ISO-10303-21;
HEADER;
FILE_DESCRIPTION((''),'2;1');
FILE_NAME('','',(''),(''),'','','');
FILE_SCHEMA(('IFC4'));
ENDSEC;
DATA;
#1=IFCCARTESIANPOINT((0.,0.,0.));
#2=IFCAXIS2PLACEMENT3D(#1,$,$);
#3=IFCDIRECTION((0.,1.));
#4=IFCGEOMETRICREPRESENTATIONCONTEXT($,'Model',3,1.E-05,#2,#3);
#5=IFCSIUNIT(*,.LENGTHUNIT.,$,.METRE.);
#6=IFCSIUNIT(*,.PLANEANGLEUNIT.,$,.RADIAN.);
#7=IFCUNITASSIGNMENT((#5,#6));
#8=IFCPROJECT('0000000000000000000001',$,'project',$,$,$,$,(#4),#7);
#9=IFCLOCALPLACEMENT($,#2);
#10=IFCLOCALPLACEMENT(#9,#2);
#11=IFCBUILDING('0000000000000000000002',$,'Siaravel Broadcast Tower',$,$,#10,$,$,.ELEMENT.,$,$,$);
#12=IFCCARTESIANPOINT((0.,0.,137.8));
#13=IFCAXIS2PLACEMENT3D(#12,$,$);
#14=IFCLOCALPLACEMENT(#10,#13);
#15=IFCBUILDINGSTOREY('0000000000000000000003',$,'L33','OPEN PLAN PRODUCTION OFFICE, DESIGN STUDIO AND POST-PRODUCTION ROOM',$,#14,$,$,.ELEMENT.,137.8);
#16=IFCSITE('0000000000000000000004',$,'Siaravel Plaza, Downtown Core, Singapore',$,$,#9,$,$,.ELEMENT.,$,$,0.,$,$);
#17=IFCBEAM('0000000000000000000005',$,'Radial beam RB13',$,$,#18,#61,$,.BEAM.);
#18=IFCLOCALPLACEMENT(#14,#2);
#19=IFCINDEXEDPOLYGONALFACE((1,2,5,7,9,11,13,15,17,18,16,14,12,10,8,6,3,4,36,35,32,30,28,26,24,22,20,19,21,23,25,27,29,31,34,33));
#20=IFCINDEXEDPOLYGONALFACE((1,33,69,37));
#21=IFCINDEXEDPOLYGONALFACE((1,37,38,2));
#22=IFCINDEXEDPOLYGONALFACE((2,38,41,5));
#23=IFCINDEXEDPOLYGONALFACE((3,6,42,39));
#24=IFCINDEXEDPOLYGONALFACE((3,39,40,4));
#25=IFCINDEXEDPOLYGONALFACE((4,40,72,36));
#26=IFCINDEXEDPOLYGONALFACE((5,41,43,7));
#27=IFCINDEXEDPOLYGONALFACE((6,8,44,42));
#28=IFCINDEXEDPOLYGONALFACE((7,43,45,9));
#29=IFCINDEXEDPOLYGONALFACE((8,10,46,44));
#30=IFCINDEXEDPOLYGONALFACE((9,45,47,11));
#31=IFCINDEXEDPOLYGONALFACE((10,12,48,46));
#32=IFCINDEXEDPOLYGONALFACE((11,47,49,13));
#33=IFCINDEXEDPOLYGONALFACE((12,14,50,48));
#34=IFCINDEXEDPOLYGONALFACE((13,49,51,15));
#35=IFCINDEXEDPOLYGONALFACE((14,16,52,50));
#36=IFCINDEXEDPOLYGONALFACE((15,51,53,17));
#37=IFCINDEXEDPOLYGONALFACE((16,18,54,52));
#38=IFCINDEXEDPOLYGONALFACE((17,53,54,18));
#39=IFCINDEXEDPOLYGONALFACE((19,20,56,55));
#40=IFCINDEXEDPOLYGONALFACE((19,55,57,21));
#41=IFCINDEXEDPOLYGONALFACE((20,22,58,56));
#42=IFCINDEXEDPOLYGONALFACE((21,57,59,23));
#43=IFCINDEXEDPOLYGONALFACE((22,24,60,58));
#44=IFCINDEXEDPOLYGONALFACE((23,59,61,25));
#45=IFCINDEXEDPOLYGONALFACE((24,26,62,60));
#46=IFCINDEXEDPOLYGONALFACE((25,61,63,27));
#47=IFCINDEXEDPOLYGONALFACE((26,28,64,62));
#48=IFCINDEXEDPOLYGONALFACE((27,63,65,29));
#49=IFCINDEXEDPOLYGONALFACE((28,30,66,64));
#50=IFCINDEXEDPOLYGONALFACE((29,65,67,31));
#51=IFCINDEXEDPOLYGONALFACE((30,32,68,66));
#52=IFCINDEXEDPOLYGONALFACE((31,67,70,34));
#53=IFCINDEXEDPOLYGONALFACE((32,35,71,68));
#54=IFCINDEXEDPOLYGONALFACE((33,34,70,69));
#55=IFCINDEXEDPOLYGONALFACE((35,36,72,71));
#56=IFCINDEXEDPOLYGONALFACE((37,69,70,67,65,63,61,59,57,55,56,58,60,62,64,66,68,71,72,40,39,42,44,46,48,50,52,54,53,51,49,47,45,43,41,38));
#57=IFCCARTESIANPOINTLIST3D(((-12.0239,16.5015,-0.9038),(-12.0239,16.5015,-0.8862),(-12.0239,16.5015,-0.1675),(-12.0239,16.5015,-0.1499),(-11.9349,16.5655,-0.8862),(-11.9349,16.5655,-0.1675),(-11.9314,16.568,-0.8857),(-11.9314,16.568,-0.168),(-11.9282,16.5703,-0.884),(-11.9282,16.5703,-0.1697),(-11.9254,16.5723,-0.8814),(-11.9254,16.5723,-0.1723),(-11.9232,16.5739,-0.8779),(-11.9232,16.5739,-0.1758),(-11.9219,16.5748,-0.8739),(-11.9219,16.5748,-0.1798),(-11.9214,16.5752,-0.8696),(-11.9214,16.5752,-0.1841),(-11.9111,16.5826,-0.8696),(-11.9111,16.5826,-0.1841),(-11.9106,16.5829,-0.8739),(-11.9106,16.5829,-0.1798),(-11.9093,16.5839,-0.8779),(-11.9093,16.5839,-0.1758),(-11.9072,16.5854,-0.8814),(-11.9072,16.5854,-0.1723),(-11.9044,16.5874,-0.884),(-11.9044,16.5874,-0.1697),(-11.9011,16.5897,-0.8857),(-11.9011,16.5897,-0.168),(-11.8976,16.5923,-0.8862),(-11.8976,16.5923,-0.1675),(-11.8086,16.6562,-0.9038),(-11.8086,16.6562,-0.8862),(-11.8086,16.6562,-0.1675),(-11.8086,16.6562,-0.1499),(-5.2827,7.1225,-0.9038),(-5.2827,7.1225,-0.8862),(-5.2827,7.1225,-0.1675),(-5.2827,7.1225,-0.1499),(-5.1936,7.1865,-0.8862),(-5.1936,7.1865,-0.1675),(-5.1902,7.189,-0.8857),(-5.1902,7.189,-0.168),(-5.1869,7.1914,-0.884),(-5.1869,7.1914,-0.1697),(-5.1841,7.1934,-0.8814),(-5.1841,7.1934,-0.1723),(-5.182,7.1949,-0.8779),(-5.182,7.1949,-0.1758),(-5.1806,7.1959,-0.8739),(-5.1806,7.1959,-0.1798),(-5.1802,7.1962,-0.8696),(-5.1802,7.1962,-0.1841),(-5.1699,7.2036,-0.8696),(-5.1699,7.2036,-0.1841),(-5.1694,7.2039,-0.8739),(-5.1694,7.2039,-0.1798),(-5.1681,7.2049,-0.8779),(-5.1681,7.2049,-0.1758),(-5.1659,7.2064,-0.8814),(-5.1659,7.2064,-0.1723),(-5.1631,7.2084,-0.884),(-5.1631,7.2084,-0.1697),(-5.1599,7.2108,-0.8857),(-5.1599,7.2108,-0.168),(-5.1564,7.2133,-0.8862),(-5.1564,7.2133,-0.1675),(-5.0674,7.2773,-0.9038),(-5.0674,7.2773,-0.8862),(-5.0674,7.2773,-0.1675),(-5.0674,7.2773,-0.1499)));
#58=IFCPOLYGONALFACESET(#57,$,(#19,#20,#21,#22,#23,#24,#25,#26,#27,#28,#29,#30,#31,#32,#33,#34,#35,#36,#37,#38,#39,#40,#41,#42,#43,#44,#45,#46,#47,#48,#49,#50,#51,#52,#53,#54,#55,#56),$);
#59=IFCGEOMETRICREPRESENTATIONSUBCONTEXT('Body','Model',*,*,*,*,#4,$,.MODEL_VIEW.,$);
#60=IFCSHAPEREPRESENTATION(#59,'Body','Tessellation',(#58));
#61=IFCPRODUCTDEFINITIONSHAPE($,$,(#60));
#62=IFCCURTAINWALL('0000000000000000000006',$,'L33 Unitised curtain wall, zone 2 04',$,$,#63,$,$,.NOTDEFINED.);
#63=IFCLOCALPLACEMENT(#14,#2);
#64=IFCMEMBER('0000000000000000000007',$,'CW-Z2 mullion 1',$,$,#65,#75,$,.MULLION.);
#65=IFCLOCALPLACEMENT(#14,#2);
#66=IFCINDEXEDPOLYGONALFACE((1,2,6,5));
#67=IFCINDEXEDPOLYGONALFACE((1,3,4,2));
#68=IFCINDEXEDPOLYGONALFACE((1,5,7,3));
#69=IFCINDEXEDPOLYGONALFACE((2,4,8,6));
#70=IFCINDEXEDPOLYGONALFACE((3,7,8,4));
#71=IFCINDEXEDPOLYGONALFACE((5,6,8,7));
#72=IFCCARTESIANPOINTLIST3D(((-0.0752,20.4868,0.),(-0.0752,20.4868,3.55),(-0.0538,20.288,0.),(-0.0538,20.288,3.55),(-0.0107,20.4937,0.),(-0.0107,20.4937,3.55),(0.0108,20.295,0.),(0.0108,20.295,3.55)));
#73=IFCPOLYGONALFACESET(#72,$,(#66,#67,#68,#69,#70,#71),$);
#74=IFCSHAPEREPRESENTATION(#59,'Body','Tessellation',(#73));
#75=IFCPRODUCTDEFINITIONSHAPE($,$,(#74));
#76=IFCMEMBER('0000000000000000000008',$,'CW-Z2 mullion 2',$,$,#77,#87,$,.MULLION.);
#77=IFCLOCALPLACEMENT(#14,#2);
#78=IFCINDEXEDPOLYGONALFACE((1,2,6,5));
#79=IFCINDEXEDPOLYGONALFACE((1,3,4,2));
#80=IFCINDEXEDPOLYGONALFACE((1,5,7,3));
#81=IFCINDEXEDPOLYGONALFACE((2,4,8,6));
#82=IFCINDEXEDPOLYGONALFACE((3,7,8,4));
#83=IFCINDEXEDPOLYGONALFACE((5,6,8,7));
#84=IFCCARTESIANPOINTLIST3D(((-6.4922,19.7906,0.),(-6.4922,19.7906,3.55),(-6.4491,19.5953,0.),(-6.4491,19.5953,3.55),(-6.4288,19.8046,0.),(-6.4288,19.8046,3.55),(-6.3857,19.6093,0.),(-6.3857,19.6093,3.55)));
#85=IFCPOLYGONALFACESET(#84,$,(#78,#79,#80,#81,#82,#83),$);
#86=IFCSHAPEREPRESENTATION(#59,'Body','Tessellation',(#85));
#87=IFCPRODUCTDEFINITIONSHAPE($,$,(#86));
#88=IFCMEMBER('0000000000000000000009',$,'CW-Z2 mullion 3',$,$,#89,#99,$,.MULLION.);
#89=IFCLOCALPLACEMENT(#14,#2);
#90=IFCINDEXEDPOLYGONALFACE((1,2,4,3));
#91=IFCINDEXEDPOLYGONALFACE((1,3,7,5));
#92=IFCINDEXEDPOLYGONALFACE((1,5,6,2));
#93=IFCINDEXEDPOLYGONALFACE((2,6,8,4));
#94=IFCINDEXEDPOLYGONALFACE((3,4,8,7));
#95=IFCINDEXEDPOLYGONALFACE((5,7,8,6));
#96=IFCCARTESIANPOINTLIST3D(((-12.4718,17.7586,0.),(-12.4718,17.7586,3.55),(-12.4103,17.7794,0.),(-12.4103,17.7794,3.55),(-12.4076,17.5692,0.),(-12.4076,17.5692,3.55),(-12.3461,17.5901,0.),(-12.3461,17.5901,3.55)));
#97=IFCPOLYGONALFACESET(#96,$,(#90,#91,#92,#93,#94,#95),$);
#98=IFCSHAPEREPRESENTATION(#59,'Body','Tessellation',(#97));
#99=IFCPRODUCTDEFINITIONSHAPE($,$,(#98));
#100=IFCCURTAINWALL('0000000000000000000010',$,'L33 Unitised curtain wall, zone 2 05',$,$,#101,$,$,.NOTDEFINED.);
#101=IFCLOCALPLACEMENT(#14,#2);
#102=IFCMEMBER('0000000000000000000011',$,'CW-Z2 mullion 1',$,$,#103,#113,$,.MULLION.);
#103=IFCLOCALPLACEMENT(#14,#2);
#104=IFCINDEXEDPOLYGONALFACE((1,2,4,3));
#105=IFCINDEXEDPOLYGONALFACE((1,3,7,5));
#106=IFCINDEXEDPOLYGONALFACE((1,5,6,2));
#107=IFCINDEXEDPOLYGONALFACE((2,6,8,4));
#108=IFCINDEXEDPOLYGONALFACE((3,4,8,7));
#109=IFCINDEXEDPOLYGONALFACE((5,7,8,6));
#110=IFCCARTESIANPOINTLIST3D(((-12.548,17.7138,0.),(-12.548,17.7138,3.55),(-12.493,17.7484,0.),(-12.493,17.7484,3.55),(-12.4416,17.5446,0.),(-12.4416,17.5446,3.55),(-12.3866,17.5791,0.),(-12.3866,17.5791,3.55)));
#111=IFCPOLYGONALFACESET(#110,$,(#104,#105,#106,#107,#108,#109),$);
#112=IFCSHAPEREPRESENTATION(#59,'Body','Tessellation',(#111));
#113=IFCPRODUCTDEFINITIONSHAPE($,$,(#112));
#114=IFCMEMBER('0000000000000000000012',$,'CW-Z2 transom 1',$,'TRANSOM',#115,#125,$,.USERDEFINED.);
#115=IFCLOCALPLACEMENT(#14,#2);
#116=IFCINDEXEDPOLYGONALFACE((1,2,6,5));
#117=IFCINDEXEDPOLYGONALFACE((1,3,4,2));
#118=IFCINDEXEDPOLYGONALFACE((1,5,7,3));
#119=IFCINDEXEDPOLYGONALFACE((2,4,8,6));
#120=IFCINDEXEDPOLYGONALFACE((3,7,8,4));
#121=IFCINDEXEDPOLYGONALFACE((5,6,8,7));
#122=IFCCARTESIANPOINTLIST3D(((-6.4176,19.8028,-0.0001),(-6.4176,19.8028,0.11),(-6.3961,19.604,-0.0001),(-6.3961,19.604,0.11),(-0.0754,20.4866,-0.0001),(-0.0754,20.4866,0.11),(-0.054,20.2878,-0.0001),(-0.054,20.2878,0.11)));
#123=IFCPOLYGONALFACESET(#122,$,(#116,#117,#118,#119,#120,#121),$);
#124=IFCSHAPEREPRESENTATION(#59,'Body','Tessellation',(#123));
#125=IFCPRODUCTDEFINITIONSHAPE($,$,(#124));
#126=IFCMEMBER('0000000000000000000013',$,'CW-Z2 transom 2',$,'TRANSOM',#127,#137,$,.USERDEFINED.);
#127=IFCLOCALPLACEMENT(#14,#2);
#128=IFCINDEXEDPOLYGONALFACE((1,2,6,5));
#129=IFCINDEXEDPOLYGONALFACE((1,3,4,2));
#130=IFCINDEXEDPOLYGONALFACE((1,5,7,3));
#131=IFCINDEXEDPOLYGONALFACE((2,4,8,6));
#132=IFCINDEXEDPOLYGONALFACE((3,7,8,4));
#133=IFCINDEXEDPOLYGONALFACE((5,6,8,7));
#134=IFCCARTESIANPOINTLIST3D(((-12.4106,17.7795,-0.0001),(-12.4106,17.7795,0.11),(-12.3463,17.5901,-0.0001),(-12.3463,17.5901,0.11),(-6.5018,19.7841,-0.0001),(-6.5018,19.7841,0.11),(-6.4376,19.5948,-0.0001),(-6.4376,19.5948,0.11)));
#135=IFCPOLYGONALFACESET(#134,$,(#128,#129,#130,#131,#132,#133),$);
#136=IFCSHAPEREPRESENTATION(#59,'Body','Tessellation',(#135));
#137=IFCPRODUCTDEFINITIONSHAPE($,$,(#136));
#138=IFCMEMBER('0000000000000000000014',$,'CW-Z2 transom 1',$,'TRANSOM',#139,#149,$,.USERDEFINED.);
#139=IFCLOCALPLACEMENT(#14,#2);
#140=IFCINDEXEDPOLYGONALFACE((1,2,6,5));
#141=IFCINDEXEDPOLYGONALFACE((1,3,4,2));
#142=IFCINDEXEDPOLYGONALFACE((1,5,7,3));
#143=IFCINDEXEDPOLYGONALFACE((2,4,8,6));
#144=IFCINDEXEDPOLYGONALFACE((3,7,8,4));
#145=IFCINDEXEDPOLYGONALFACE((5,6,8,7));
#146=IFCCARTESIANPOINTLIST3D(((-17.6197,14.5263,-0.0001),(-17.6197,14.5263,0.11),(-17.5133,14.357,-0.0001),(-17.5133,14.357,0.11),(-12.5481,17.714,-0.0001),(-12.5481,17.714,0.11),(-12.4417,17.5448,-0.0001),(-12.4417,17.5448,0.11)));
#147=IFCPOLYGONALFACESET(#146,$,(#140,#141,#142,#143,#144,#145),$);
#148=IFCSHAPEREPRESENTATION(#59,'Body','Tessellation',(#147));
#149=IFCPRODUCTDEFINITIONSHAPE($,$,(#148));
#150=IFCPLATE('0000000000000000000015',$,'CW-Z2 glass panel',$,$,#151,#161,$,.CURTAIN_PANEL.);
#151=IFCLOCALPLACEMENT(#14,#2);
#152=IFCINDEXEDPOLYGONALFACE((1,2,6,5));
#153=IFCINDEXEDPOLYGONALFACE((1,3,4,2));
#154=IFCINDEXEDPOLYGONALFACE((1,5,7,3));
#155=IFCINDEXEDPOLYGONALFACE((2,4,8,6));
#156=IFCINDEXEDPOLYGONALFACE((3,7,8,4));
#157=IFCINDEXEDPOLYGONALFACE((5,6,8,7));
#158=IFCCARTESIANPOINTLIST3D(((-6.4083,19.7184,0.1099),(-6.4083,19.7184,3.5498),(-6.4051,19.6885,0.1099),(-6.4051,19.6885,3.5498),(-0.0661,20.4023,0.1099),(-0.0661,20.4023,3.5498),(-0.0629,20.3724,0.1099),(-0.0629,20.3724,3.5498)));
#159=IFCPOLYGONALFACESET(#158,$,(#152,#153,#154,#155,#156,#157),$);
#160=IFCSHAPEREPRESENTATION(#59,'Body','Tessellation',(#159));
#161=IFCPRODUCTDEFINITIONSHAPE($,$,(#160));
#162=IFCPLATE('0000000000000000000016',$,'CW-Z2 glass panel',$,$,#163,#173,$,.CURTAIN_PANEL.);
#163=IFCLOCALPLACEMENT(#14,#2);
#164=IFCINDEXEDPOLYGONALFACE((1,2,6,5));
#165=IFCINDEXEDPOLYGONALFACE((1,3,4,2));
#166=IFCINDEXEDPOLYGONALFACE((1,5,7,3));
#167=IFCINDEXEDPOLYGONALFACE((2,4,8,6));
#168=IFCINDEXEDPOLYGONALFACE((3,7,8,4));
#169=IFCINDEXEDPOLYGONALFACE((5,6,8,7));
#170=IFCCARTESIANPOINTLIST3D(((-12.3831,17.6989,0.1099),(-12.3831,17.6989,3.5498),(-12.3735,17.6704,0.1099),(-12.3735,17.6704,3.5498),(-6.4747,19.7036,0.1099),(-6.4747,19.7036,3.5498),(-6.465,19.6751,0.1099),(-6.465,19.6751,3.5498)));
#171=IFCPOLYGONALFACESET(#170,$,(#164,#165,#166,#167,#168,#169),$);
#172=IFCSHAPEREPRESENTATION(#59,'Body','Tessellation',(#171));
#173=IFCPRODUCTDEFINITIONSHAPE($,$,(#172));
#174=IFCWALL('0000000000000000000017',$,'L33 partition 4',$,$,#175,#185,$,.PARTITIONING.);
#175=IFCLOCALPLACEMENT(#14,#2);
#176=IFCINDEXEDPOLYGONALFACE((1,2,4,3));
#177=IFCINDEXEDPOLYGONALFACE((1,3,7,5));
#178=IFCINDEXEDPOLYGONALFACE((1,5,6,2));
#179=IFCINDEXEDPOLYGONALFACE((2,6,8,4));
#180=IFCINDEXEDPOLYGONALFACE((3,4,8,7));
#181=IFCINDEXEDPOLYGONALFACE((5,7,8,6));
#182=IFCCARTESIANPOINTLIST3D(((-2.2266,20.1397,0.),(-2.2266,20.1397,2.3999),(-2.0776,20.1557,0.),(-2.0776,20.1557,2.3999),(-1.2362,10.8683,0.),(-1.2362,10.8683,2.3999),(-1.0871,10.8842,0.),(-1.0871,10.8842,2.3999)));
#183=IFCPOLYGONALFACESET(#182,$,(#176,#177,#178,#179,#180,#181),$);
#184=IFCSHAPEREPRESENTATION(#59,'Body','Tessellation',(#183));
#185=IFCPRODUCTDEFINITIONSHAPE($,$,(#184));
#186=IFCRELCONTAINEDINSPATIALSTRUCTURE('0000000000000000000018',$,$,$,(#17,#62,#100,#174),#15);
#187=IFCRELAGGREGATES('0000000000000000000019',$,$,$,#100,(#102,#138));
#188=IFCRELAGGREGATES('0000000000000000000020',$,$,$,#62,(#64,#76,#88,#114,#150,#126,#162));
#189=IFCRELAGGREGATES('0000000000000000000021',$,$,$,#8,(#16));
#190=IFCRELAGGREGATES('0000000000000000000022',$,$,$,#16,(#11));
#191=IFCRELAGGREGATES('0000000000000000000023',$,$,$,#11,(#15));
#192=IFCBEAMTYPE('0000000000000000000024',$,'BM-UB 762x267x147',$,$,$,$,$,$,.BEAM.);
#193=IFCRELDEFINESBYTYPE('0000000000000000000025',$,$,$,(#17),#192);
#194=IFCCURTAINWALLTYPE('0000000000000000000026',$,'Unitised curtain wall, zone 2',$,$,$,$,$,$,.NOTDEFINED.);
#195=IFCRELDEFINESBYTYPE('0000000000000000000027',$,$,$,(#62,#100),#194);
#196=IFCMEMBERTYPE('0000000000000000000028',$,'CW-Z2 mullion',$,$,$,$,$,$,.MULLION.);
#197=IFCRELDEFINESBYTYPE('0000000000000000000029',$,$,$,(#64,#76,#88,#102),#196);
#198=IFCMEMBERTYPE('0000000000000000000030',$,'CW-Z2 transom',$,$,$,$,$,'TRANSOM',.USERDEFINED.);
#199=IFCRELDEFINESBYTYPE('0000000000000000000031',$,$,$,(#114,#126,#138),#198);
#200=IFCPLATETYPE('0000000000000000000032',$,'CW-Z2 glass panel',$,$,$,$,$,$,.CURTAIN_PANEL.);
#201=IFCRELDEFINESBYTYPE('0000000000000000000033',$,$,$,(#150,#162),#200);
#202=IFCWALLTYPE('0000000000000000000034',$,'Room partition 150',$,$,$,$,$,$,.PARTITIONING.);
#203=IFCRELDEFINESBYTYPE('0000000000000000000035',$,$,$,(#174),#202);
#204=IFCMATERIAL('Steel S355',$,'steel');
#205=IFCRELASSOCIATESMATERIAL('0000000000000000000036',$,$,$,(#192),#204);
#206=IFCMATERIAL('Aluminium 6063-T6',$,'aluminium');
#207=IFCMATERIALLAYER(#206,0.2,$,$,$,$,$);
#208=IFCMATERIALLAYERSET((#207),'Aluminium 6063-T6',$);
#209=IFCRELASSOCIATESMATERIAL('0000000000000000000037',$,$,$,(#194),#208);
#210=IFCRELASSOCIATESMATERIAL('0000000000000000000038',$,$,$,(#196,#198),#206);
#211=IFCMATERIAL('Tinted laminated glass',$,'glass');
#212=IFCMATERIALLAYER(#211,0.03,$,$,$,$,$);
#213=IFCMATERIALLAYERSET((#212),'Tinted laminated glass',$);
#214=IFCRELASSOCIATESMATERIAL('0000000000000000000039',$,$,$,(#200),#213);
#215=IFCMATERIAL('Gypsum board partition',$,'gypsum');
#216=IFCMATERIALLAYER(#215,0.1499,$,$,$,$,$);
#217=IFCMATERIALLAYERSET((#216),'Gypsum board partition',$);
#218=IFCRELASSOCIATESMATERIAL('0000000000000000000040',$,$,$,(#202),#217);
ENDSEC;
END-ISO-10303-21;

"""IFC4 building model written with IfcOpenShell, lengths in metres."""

from ifc_helpers import new_model, si_unit, direction, frame, frame_2d, origin, origin_2d, place, context, subcontext, project, spatial, rectangle, i_section, extrude, material, layer, layer_set, material_profile, profile_set, type_object, element, aggregate, save


model = new_model("IFC4")

# Units and contexts
model_context = context("Model", 3, precision=1e-05, world=origin(), true_north=direction((0.0, 1.0)))
body_context = subcontext(model_context, "Body", "Model", "MODEL_VIEW")
ifc_project = project(units=[si_unit("LENGTHUNIT", "METRE"), si_unit("PLANEANGLEUNIT", "RADIAN")], contexts=[model_context])

# Site, building, storey
site_placement = place(None, origin())
site = spatial("IfcSite", under=ifc_project, at=site_placement, Name="Siaravel Plaza, Downtown Core, Singapore", CompositionType="ELEMENT", RefElevation=0.0)
building_placement = place(site_placement, origin())
building = spatial("IfcBuilding", under=site, at=building_placement, Name="Siaravel Broadcast Tower", CompositionType="ELEMENT")
storey_placement = place(building_placement, frame((0.0, 0.0, 137.8)))
storey = spatial("IfcBuildingStorey", under=building, at=storey_placement, Name="L33", Description="OPEN PLAN PRODUCTION OFFICE, DESIGN STUDIO AND POST-PRODUCTION ROOM", CompositionType="ELEMENT", Elevation=137.8)

# Beam
ifc_material_1 = material(Name="Steel S355", Category="steel")
ifc_material_profile_1 = material_profile(ifc_material_1, i_section(OverallWidth=0.2651, OverallDepth=0.7539, WebThickness=0.0127, FlangeThickness=0.0176, FilletRadius=0.0166, at=origin_2d()))
ifc_profile_set_1 = profile_set([ifc_material_profile_1], Name="Steel S355")
beam_type = type_object("IfcBeamType", Name="BM-UB 762x267x147", PredefinedType="BEAM", material=ifc_profile_set_1)
beam_1_placement = place(storey_placement, frame((-11.9163, 16.5789, -0.5269), z_axis=(0.583643, -0.81201, 0.0), x_axis=(0.81201, 0.583643, 0.0)))
element("IfcBeam", 1, at=beam_1_placement, inside=storey, type_object=beam_type, Name="Radial beam RB13", PredefinedType="BEAM", context=body_context, shape_type="SweptSolid", body=[
    extrude(i_section(OverallWidth=0.2651, OverallDepth=0.7539, WebThickness=0.0127, FlangeThickness=0.0176, FilletRadius=0.0166, at=origin_2d()), origin(), (0.0, 0.0, 1.0), 11.5503),
])

# Curtain wall, members
ifc_material_2 = material(Name="Aluminium 6063-T6", Category="aluminium")
ifc_layer_1 = layer(ifc_material_2, 0.2)
ifc_layer_set_1 = layer_set([ifc_layer_1], Name="Aluminium 6063-T6")
curtain_wall_type = type_object("IfcCurtainWallType", Name="Unitised curtain wall, zone 2", PredefinedType="NOTDEFINED", material=ifc_layer_set_1)
curtain_wall_1_placement = place(storey_placement, origin())
curtain_wall_1 = element("IfcCurtainWall", 2, at=curtain_wall_1_placement, inside=storey, type_object=curtain_wall_type, Name="L33 Unitised curtain wall, zone 2 04", PredefinedType="NOTDEFINED")
ifc_material_profile_2 = material_profile(ifc_material_2, rectangle(XDim=0.2, YDim=0.0649, at=origin_2d()))
ifc_profile_set_2 = profile_set([ifc_material_profile_2], Name="Aluminium 6063-T6")
member_type_1 = type_object("IfcMemberType", Name="CW-Z2 mullion", PredefinedType="MULLION", material=ifc_profile_set_2)
member_1_placement = place(storey_placement, frame((-0.0322, 20.3909, 0.0), z_axis=(0.0, 0.0, 1.0), x_axis=(0.107218, -0.994236, 0.0)))
member_1 = element("IfcMember", 3, at=member_1_placement, type_object=member_type_1, Name="CW-Z2 mullion 1", PredefinedType="MULLION", context=body_context, shape_type="SweptSolid", body=[
    extrude(rectangle(XDim=0.2, YDim=0.0649, at=origin_2d()), origin(), (0.0, 0.0, 1.0), 3.55),
])
member_2_placement = place(storey_placement, frame((-6.439, 19.7, 0.0), z_axis=(0.0, 0.0, 1.0), x_axis=(0.215559, -0.976491, 0.0)))
member_2 = element("IfcMember", 4, at=member_2_placement, type_object=member_type_1, Name="CW-Z2 mullion 2", PredefinedType="MULLION", context=body_context, shape_type="SweptSolid", body=[
    extrude(rectangle(XDim=0.2, YDim=0.0649, at=origin_2d()), origin(), (0.0, 0.0, 1.0), 3.55),
])
member_3_placement = place(storey_placement, frame((-12.4089, 17.6743, 0.0), z_axis=(0.0, 0.0, 1.0), x_axis=(0.321302, -0.946977, 0.0)))
member_3 = element("IfcMember", 5, at=member_3_placement, type_object=member_type_1, Name="CW-Z2 mullion 3", PredefinedType="MULLION", context=body_context, shape_type="SweptSolid", body=[
    extrude(rectangle(XDim=0.2, YDim=0.0649, at=origin_2d()), origin(), (0.0, 0.0, 1.0), 3.55),
])

# Curtain wall, member
curtain_wall_2_placement = place(storey_placement, origin())
curtain_wall_2 = element("IfcCurtainWall", 6, at=curtain_wall_2_placement, inside=storey, type_object=curtain_wall_type, Name="L33 Unitised curtain wall, zone 2 05", PredefinedType="NOTDEFINED")
member_4_placement = place(storey_placement, frame((-12.4673, 17.6465, 0.0), z_axis=(0.0, 0.0, 1.0), x_axis=(0.532151, -0.846649, 0.0)))
member_4 = element("IfcMember", 7, at=member_4_placement, type_object=member_type_1, Name="CW-Z2 mullion 1", PredefinedType="MULLION", context=body_context, shape_type="SweptSolid", body=[
    extrude(rectangle(XDim=0.2, YDim=0.0649, at=origin_2d()), origin(), (0.0, 0.0, 1.0), 3.55),
])

# Members
ifc_material_profile_3 = material_profile(ifc_material_2, rectangle(XDim=0.2, YDim=0.1101, at=origin_2d()))
ifc_profile_set_3 = profile_set([ifc_material_profile_3], Name="Aluminium 6063-T6")
member_type_2 = type_object("IfcMemberType", Name="CW-Z2 transom", ElementType="TRANSOM", PredefinedType="USERDEFINED", material=ifc_profile_set_3)
member_5_placement = place(storey_placement, frame((-0.0647, 20.3872, 0.0549), z_axis=(-0.994237, -0.107205, 0.0), x_axis=(0.107205, -0.994237, 0.0)))
member_5 = element("IfcMember", 8, at=member_5_placement, type_object=member_type_2, Name="CW-Z2 transom 1", ObjectType="TRANSOM", PredefinedType="USERDEFINED", context=body_context, shape_type="SweptSolid", body=[
    extrude(rectangle(XDim=0.2, YDim=0.1101, at=origin_2d()), origin(), (0.0, 0.0, 1.0), 6.3789),
])
member_6_placement = place(storey_placement, frame((-6.4697, 19.6895, 0.0549), z_axis=(-0.946983, -0.321283, 0.0), x_axis=(0.321283, -0.946983, 0.0)))
member_6 = element("IfcMember", 9, at=member_6_placement, type_object=member_type_2, Name="CW-Z2 transom 2", ObjectType="TRANSOM", PredefinedType="USERDEFINED", context=body_context, shape_type="SweptSolid", body=[
    extrude(rectangle(XDim=0.2, YDim=0.1101, at=origin_2d()), origin(), (0.0, 0.0, 1.0), 6.2395),
])
member_7_placement = place(storey_placement, frame((-12.4949, 17.6294, 0.0549), z_axis=(-0.846642, -0.532162, 0.0), x_axis=(0.532162, -0.846642, 0.0)))
member_7 = element("IfcMember", 10, at=member_7_placement, type_object=member_type_2, Name="CW-Z2 transom 1", ObjectType="TRANSOM", PredefinedType="USERDEFINED", context=body_context, shape_type="SweptSolid", body=[
    extrude(rectangle(XDim=0.2, YDim=0.1101, at=origin_2d()), origin(), (0.0, 0.0, 1.0), 5.9902),
])
aggregate(curtain_wall_2, [member_4, member_7])

# Plates
ifc_material_3 = material(Name="Tinted laminated glass", Category="glass")
ifc_layer_2 = layer(ifc_material_3, 0.03)
ifc_layer_set_2 = layer_set([ifc_layer_2], Name="Tinted laminated glass")
plate_type = type_object("IfcPlateType", Name="CW-Z2 glass panel", PredefinedType="CURTAIN_PANEL", material=ifc_layer_set_2)
plate_1_placement = place(storey_placement, frame((-3.2356, 20.0454, 0.1099), z_axis=(0.0, 0.0, 1.0), x_axis=(-0.994236, -0.107218, 0.0)))
plate_1 = element("IfcPlate", 11, at=plate_1_placement, type_object=plate_type, Name="CW-Z2 glass panel", PredefinedType="CURTAIN_PANEL", context=body_context, shape_type="SweptSolid", body=[
    extrude(rectangle(XDim=6.3789, YDim=0.03, at=origin_2d()), origin(), (0.0, 0.0, 1.0), 3.4399),
])
plate_2_placement = place(storey_placement, frame((-9.4241, 18.687, 0.1099), z_axis=(0.0, 0.0, 1.0), x_axis=(-0.946977, -0.321302, 0.0)))
plate_2 = element("IfcPlate", 12, at=plate_2_placement, type_object=plate_type, Name="CW-Z2 glass panel", PredefinedType="CURTAIN_PANEL", context=body_context, shape_type="SweptSolid", body=[
    extrude(rectangle(XDim=6.2393, YDim=0.03, at=origin_2d()), origin(), (0.0, 0.0, 1.0), 3.4399),
])
aggregate(curtain_wall_1, [member_1, member_2, member_3, member_5, plate_1, member_6, plate_2])

# Wall
ifc_material_4 = material(Name="Gypsum board partition", Category="gypsum")
ifc_layer_3 = layer(ifc_material_4, 0.1499)
ifc_layer_set_3 = layer_set([ifc_layer_3], Name="Gypsum board partition")
wall_type = type_object("IfcWallType", Name="Room partition 150", PredefinedType="PARTITIONING", material=ifc_layer_set_3)
wall_placement = place(storey_placement, frame((-2.1521, 20.1477, 0.0), z_axis=(0.0, 0.0, 1.0), x_axis=(0.106226, -0.994342, 0.0)))
element("IfcWall", 13, at=wall_placement, inside=storey, type_object=wall_type, Name="L33 partition 4", PredefinedType="PARTITIONING", context=body_context, shape_type="SweptSolid", body=[
    extrude(rectangle(XDim=9.3242, YDim=0.1499, at=frame_2d((4.6621, 0.0))), origin(), (0.0, 0.0, 1.0), 2.3999),
])

save(model, "model.ifc")
